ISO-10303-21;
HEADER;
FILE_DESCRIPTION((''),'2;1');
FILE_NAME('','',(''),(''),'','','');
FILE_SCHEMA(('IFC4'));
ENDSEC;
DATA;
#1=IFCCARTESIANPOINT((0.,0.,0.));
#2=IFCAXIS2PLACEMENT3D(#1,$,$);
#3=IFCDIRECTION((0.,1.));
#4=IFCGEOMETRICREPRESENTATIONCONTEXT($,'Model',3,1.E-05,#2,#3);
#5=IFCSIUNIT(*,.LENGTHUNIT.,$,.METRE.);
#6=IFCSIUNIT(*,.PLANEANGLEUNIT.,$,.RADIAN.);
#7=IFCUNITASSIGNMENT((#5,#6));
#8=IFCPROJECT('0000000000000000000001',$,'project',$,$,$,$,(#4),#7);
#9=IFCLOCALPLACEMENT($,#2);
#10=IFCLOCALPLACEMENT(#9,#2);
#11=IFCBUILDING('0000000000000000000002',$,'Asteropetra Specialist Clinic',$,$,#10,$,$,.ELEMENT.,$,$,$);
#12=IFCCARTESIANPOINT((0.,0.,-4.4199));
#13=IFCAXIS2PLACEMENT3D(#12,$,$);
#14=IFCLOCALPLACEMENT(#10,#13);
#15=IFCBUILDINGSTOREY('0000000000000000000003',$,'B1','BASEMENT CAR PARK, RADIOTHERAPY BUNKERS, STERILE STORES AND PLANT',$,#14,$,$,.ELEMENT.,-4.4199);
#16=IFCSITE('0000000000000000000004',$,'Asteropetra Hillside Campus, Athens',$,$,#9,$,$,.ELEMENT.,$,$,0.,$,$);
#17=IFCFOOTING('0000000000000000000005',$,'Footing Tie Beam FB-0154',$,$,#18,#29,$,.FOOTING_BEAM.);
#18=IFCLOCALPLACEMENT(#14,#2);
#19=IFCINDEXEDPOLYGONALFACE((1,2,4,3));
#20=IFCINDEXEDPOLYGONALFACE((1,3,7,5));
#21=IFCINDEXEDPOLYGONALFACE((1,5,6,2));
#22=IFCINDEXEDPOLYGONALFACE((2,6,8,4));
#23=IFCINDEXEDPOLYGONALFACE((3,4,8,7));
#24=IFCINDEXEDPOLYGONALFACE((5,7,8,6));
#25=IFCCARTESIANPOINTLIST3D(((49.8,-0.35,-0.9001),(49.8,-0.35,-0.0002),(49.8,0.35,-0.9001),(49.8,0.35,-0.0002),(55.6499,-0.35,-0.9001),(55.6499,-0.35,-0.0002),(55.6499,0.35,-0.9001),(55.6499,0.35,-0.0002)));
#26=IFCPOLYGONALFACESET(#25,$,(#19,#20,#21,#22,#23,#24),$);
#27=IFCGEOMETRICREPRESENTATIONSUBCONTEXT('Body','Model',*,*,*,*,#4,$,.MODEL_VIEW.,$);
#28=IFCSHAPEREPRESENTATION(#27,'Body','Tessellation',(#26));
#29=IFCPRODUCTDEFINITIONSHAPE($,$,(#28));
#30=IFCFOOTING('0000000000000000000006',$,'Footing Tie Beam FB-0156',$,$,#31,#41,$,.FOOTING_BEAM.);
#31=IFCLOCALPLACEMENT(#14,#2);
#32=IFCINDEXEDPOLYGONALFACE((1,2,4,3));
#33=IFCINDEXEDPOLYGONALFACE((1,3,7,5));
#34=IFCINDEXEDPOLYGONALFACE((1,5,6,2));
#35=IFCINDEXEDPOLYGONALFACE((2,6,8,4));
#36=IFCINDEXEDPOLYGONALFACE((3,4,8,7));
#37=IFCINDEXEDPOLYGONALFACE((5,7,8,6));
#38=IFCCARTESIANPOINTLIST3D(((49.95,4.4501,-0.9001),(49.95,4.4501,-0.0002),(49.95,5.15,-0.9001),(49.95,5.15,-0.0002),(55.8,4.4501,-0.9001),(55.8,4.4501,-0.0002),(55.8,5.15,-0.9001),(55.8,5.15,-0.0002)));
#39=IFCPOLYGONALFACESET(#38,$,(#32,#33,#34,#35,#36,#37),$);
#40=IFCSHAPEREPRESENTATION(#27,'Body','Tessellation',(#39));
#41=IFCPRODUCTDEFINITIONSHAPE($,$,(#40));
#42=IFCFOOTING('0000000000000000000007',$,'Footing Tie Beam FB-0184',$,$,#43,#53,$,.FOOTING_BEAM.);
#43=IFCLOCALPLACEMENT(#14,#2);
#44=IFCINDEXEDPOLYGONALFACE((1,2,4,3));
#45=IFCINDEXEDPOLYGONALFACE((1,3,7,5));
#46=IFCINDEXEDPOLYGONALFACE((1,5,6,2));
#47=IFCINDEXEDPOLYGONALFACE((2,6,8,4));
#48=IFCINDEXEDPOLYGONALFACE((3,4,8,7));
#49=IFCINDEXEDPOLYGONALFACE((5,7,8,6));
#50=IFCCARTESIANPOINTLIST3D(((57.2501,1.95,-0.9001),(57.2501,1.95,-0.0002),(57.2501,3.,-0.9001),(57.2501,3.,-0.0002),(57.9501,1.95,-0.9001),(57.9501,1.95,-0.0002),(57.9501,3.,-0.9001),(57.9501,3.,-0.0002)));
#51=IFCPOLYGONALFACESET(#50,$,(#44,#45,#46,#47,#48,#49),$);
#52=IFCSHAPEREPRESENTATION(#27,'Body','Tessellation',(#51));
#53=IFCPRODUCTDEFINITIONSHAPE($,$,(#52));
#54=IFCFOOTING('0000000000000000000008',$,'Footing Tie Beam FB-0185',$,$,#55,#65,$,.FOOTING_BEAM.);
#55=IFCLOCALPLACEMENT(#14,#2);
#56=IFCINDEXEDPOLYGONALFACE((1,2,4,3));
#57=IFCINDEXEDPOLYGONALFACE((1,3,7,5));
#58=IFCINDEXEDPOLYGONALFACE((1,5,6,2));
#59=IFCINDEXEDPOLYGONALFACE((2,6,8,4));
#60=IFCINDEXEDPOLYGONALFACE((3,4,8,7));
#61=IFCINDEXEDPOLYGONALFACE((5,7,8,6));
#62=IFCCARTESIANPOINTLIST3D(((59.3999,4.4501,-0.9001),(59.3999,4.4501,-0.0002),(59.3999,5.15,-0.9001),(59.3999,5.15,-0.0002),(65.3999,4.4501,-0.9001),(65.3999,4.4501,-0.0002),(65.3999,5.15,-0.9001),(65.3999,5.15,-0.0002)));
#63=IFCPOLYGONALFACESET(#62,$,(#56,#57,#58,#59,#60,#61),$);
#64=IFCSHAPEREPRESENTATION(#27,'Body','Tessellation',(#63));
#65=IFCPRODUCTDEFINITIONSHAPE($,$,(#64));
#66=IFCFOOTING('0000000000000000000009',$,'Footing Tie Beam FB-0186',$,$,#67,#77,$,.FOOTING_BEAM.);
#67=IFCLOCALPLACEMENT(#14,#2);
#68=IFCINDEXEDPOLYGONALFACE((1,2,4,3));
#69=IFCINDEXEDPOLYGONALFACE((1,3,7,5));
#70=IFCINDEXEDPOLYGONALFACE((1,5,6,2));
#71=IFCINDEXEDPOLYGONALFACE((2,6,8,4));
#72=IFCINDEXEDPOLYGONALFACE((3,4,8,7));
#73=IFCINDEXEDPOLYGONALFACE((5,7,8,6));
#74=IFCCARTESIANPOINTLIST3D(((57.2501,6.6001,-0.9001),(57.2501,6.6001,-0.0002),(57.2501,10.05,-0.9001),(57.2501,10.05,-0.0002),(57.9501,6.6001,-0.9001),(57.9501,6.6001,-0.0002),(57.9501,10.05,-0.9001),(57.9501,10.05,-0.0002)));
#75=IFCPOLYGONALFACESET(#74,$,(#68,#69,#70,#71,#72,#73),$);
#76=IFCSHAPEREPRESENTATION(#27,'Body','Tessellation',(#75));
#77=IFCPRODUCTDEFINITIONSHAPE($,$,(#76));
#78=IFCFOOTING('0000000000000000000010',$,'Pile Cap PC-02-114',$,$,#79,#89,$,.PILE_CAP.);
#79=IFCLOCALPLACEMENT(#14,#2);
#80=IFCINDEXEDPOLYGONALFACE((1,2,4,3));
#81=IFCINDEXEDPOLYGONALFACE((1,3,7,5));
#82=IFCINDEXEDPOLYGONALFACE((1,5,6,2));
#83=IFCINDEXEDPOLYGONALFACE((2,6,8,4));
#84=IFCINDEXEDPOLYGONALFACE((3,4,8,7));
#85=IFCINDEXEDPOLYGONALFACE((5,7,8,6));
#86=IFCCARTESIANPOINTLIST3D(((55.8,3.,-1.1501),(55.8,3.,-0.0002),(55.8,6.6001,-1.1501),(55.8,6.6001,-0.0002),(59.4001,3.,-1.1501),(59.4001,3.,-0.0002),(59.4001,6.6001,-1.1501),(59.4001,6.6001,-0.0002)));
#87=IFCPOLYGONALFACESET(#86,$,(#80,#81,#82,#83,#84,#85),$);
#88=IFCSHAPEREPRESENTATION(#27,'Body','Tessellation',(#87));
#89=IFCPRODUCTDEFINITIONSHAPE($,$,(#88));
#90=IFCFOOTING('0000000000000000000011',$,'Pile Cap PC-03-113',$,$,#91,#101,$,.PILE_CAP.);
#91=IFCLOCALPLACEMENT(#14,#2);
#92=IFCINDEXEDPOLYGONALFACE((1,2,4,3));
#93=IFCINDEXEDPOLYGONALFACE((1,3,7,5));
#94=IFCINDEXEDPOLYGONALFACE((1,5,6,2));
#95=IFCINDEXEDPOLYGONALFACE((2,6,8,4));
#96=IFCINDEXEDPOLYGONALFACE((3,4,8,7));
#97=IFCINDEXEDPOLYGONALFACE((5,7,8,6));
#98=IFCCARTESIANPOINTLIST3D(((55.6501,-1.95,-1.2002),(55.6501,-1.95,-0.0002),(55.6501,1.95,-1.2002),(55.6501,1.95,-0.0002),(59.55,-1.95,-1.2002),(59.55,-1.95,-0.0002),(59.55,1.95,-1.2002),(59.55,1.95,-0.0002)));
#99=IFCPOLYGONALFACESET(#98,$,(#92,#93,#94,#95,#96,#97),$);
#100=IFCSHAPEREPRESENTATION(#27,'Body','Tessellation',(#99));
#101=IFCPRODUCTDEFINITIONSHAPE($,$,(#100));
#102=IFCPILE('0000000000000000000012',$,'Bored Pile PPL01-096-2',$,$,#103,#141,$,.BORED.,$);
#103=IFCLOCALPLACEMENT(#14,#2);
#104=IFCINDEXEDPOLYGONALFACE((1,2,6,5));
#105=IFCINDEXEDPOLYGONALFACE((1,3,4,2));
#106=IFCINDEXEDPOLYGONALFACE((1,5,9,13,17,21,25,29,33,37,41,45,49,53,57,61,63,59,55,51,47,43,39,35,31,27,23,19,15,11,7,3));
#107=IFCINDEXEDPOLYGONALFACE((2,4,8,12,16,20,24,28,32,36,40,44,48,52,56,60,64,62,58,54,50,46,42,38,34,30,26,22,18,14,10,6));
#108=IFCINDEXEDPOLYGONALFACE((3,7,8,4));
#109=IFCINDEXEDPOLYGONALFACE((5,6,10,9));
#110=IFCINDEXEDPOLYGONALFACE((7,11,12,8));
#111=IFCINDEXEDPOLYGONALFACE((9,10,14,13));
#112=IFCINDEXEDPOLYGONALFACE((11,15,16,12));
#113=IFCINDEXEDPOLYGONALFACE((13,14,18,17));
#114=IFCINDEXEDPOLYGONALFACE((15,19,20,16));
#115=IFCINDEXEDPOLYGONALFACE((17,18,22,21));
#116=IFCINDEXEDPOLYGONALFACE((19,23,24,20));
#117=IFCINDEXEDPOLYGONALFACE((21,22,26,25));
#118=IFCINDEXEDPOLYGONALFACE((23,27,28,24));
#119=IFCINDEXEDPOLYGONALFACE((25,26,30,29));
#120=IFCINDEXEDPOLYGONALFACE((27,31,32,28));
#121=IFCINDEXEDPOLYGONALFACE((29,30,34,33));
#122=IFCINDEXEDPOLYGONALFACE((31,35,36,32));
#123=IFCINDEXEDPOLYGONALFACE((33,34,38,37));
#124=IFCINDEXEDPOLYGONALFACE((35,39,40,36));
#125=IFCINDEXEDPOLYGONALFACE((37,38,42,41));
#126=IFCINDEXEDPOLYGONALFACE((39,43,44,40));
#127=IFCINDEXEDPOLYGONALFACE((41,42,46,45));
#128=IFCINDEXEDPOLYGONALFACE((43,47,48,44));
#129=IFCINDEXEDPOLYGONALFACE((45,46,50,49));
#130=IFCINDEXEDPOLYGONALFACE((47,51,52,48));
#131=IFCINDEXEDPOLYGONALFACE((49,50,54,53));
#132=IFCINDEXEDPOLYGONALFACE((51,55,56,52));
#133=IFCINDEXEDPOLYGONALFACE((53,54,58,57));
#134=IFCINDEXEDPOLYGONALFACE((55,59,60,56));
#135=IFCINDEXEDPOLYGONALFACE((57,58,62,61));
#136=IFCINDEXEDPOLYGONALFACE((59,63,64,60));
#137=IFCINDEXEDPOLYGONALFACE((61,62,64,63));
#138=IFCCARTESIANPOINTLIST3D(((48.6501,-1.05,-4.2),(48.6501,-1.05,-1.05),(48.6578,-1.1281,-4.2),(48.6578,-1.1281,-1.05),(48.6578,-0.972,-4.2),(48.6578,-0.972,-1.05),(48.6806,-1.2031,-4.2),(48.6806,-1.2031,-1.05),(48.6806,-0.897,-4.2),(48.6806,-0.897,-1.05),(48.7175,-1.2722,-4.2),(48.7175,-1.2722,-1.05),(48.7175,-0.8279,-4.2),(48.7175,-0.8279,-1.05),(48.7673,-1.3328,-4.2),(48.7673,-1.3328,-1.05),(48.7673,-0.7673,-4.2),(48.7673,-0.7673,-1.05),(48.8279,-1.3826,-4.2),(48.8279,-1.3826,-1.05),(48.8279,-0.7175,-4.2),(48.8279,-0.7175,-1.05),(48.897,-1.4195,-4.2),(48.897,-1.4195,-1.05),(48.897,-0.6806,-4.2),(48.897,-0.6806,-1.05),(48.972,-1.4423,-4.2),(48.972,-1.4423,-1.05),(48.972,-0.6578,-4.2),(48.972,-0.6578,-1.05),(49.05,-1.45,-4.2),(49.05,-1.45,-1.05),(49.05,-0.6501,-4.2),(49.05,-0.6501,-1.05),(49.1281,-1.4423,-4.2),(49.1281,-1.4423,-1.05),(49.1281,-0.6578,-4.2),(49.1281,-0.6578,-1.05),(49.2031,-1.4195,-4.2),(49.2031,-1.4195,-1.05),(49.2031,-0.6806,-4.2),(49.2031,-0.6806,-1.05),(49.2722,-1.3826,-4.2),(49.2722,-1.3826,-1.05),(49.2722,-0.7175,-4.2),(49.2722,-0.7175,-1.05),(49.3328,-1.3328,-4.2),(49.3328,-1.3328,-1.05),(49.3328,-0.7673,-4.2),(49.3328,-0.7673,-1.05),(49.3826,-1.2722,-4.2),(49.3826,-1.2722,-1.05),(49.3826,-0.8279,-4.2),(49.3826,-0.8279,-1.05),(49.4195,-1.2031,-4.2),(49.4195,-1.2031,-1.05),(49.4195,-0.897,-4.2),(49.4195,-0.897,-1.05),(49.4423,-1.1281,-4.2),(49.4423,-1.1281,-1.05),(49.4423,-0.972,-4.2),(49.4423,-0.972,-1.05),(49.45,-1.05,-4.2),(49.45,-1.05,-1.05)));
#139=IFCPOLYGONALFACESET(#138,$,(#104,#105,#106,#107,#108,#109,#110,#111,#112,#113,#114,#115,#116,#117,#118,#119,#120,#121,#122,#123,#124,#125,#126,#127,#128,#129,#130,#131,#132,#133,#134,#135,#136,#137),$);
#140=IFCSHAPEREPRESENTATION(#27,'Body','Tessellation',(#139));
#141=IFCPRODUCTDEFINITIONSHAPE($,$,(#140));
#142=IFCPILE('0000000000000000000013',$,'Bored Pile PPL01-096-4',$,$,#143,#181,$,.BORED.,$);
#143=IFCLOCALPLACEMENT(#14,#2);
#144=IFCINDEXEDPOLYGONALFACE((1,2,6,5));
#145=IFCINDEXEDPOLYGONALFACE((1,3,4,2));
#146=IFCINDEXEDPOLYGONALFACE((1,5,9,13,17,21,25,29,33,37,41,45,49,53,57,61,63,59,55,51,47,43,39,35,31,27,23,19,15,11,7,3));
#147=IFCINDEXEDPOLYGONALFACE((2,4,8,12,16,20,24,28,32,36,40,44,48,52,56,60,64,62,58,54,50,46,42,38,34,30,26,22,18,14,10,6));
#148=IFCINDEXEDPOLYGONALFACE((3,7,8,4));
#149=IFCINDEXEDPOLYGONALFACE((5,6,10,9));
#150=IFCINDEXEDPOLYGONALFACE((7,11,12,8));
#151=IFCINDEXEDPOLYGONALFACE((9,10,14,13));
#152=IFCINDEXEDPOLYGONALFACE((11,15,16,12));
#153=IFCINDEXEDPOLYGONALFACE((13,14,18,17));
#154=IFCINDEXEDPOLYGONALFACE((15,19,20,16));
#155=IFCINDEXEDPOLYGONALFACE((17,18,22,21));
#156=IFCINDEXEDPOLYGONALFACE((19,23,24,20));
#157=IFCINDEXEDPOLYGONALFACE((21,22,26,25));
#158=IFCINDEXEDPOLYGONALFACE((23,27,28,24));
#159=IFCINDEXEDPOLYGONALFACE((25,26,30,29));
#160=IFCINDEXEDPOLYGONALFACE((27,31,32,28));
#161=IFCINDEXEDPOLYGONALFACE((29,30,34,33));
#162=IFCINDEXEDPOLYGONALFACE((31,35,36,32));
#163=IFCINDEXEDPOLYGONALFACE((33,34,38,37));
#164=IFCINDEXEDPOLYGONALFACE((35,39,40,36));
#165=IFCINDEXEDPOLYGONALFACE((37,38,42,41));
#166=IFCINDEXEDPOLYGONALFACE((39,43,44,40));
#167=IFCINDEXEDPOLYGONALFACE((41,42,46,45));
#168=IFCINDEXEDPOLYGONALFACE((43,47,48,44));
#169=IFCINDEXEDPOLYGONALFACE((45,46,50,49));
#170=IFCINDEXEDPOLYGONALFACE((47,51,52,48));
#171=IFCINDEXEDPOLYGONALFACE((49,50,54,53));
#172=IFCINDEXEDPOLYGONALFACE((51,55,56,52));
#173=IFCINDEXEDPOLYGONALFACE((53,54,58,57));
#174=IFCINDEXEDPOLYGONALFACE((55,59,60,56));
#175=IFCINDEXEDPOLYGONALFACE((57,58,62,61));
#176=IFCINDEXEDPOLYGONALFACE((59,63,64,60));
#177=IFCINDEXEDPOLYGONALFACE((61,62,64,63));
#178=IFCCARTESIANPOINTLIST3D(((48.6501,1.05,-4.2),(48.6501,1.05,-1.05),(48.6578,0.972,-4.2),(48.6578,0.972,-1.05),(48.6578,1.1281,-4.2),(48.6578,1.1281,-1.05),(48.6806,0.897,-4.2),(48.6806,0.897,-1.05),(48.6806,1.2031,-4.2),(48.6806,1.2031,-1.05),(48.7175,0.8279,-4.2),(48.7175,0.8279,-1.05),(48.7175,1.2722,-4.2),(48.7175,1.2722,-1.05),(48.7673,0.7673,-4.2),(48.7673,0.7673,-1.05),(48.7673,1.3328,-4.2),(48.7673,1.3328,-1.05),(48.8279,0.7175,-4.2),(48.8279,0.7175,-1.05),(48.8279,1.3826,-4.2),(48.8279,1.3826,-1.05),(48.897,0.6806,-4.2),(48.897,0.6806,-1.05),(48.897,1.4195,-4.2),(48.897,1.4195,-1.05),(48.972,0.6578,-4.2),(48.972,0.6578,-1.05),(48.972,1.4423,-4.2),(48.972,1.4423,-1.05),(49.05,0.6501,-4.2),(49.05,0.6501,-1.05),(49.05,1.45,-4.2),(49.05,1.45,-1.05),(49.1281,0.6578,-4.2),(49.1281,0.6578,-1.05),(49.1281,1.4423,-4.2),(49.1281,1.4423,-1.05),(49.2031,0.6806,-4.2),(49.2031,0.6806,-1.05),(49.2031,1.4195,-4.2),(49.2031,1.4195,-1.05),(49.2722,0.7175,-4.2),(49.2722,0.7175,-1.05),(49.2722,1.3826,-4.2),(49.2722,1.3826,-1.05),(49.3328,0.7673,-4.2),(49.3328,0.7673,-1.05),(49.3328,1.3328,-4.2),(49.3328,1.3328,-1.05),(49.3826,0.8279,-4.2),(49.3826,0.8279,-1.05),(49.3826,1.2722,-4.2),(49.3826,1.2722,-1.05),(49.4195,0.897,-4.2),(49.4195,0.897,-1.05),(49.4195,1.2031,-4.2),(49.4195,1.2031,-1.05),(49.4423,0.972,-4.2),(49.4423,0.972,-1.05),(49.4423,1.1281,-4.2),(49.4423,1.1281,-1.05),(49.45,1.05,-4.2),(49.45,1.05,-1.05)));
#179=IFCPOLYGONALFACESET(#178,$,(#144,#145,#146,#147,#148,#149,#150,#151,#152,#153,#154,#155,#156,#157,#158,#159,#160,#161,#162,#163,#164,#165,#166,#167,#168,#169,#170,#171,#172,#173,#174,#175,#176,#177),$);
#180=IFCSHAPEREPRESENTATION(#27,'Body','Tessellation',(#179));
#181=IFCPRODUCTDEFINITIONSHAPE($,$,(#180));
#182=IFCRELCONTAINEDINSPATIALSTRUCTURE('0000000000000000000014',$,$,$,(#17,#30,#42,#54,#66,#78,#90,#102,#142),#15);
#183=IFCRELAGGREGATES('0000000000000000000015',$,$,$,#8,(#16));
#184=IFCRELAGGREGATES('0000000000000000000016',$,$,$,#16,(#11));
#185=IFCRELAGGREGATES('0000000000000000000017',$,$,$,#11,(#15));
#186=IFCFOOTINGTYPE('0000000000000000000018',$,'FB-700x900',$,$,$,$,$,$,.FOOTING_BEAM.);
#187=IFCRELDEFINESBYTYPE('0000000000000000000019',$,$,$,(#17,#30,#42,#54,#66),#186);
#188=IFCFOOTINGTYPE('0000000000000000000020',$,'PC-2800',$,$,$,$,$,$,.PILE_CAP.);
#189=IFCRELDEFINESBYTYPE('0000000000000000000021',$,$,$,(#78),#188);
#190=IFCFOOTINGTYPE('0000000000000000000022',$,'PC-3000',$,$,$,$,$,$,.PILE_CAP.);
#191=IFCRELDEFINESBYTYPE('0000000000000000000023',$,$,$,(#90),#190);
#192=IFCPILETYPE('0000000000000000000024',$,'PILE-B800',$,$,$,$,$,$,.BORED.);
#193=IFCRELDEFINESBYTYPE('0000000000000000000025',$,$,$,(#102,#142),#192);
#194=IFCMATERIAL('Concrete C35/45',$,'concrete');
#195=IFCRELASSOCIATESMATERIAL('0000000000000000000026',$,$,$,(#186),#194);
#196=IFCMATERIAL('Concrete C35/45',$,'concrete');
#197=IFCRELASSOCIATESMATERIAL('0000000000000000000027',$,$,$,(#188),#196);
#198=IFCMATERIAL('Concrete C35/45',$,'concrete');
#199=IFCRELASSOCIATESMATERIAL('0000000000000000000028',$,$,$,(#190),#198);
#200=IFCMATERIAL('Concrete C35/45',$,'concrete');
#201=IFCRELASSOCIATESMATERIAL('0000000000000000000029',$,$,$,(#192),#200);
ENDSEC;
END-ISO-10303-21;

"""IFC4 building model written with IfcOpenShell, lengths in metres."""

from ifc_helpers import new_model, si_unit, direction, frame, origin, origin_2d, place, context, subcontext, project, spatial, rectangle, circle, extrude, material, material_profile, profile_set, type_object, element, save


model = new_model("IFC4")

# Units and contexts
model_context = context("Model", 3, precision=1e-05, world=origin(), true_north=direction((0.0, 1.0)))
body_context = subcontext(model_context, "Body", "Model", "MODEL_VIEW")
ifc_project = project(units=[si_unit("LENGTHUNIT", "METRE"), si_unit("PLANEANGLEUNIT", "RADIAN")], contexts=[model_context])

# Site, building, storey
site_placement = place(None, origin())
site = spatial("IfcSite", under=ifc_project, at=site_placement, Name="Asteropetra Hillside Campus, Athens", CompositionType="ELEMENT", RefElevation=0.0)
building_placement = place(site_placement, origin())
building = spatial("IfcBuilding", under=site, at=building_placement, Name="Asteropetra Specialist Clinic", CompositionType="ELEMENT")
storey_placement = place(building_placement, frame((0.0, 0.0, -4.4199)))
storey = spatial("IfcBuildingStorey", under=building, at=storey_placement, Name="B1", Description="BASEMENT CAR PARK, RADIOTHERAPY BUNKERS, STERILE STORES AND PLANT", CompositionType="ELEMENT", Elevation=-4.4199)

# Footings
ifc_material_1 = material(Name="Concrete C35/45", Category="concrete")
ifc_material_profile_1 = material_profile(ifc_material_1, rectangle(XDim=0.7, YDim=0.8999, at=origin_2d()), Name="FB 700x900")
ifc_profile_set_1 = profile_set([ifc_material_profile_1], Name="Concrete C35/45")
footing_type_1 = type_object("IfcFootingType", Name="FB-700x900", PredefinedType="FOOTING_BEAM", material=ifc_profile_set_1)
footing_1_placement = place(storey_placement, frame((49.8, 0.0, -0.4502), z_axis=(1.0, 0.0, 0.0), x_axis=(0.0, 1.0, 0.0)))
element("IfcFooting", 1, at=footing_1_placement, inside=storey, type_object=footing_type_1, Name="Footing Tie Beam FB-0154", PredefinedType="FOOTING_BEAM", context=body_context, shape_type="SweptSolid", body=[
    extrude(rectangle(XDim=0.7, YDim=0.8999, at=origin_2d()), origin(), (0.0, 0.0, 1.0), 5.8499),
])
footing_2_placement = place(storey_placement, frame((49.95, 4.8, -0.4502), z_axis=(1.0, 0.0, 0.0), x_axis=(0.0, 1.0, 0.0)))
element("IfcFooting", 2, at=footing_2_placement, inside=storey, type_object=footing_type_1, Name="Footing Tie Beam FB-0156", PredefinedType="FOOTING_BEAM", context=body_context, shape_type="SweptSolid", body=[
    extrude(rectangle(XDim=0.7, YDim=0.8999, at=origin_2d()), origin(), (0.0, 0.0, 1.0), 5.8501),
])
footing_3_placement = place(storey_placement, frame((57.6001, 1.95, -0.4502), z_axis=(0.0, 1.0, 0.0), x_axis=(-1.0, 0.0, 0.0)))
element("IfcFooting", 3, at=footing_3_placement, inside=storey, type_object=footing_type_1, Name="Footing Tie Beam FB-0184", PredefinedType="FOOTING_BEAM", context=body_context, shape_type="SweptSolid", body=[
    extrude(rectangle(XDim=0.7, YDim=0.8999, at=origin_2d()), origin(), (0.0, 0.0, 1.0), 1.05),
])
footing_4_placement = place(storey_placement, frame((59.3999, 4.8, -0.4502), z_axis=(1.0, 0.0, 0.0), x_axis=(0.0, 1.0, 0.0)))
element("IfcFooting", 4, at=footing_4_placement, inside=storey, type_object=footing_type_1, Name="Footing Tie Beam FB-0185", PredefinedType="FOOTING_BEAM", context=body_context, shape_type="SweptSolid", body=[
    extrude(rectangle(XDim=0.7, YDim=0.8999, at=origin_2d()), origin(), (0.0, 0.0, 1.0), 6.0),
])
footing_5_placement = place(storey_placement, frame((57.6001, 6.6001, -0.4502), z_axis=(0.0, 1.0, 0.0), x_axis=(-1.0, 0.0, 0.0)))
element("IfcFooting", 5, at=footing_5_placement, inside=storey, type_object=footing_type_1, Name="Footing Tie Beam FB-0186", PredefinedType="FOOTING_BEAM", context=body_context, shape_type="SweptSolid", body=[
    extrude(rectangle(XDim=0.7, YDim=0.8999, at=origin_2d()), origin(), (0.0, 0.0, 1.0), 3.45),
])
ifc_material_2 = material(Name="Concrete C35/45", Category="concrete")
footing_type_2 = type_object("IfcFootingType", Name="PC-2800", PredefinedType="PILE_CAP", material=ifc_material_2)
footing_6_placement = place(storey_placement, frame((57.6001, 4.8, -1.1501), z_axis=(0.0, 0.0, 1.0), x_axis=(1.0, 0.0, 0.0)))
element("IfcFooting", 6, at=footing_6_placement, inside=storey, type_object=footing_type_2, Name="Pile Cap PC-02-114", PredefinedType="PILE_CAP", context=body_context, shape_type="SweptSolid", body=[
    extrude(rectangle(XDim=3.6001, YDim=3.6001, at=origin_2d()), origin(), (0.0, 0.0, 1.0), 1.1499),
])
ifc_material_3 = material(Name="Concrete C35/45", Category="concrete")
footing_type_3 = type_object("IfcFootingType", Name="PC-3000", PredefinedType="PILE_CAP", material=ifc_material_3)
footing_7_placement = place(storey_placement, frame((57.6001, 0.0, -1.2002), z_axis=(0.0, 0.0, 1.0), x_axis=(1.0, 0.0, 0.0)))
element("IfcFooting", 7, at=footing_7_placement, inside=storey, type_object=footing_type_3, Name="Pile Cap PC-03-113", PredefinedType="PILE_CAP", context=body_context, shape_type="SweptSolid", body=[
    extrude(rectangle(XDim=3.8999, YDim=3.8999, at=origin_2d()), origin(), (0.0, 0.0, 1.0), 1.2),
])

# Piles
ifc_material_4 = material(Name="Concrete C35/45", Category="concrete")
ifc_material_profile_2 = material_profile(ifc_material_4, circle(Radius=0.3999, at=origin_2d()), Name="PILE D800")
ifc_profile_set_2 = profile_set([ifc_material_profile_2], Name="Concrete C35/45")
pile_type_1 = type_object("IfcPileType", Name="PILE-B800", PredefinedType="BORED", material=ifc_profile_set_2)
for number, where, z_axis, x_axis, name in (
    (8, (49.05, -1.05, -1.05), (0.0, 0.0, -1.0), (1.0, 0.0, 0.0), "Bored Pile PPL01-096-2"),
    (9, (49.05, 1.05, -1.05), (0.0, 0.0, -1.0), (1.0, 0.0, 0.0), "Bored Pile PPL01-096-4"),
):
    element("IfcPile", number, at=place(storey_placement, frame(where, z_axis=z_axis, x_axis=x_axis)), inside=storey, type_object=pile_type_1, Name=name, PredefinedType="BORED", context=body_context, shape_type="SweptSolid", body=[
        extrude(circle(Radius=0.3999, at=origin_2d()), origin(), (0.0, 0.0, 1.0), 3.1499),
    ])

save(model, "model.ifc")
